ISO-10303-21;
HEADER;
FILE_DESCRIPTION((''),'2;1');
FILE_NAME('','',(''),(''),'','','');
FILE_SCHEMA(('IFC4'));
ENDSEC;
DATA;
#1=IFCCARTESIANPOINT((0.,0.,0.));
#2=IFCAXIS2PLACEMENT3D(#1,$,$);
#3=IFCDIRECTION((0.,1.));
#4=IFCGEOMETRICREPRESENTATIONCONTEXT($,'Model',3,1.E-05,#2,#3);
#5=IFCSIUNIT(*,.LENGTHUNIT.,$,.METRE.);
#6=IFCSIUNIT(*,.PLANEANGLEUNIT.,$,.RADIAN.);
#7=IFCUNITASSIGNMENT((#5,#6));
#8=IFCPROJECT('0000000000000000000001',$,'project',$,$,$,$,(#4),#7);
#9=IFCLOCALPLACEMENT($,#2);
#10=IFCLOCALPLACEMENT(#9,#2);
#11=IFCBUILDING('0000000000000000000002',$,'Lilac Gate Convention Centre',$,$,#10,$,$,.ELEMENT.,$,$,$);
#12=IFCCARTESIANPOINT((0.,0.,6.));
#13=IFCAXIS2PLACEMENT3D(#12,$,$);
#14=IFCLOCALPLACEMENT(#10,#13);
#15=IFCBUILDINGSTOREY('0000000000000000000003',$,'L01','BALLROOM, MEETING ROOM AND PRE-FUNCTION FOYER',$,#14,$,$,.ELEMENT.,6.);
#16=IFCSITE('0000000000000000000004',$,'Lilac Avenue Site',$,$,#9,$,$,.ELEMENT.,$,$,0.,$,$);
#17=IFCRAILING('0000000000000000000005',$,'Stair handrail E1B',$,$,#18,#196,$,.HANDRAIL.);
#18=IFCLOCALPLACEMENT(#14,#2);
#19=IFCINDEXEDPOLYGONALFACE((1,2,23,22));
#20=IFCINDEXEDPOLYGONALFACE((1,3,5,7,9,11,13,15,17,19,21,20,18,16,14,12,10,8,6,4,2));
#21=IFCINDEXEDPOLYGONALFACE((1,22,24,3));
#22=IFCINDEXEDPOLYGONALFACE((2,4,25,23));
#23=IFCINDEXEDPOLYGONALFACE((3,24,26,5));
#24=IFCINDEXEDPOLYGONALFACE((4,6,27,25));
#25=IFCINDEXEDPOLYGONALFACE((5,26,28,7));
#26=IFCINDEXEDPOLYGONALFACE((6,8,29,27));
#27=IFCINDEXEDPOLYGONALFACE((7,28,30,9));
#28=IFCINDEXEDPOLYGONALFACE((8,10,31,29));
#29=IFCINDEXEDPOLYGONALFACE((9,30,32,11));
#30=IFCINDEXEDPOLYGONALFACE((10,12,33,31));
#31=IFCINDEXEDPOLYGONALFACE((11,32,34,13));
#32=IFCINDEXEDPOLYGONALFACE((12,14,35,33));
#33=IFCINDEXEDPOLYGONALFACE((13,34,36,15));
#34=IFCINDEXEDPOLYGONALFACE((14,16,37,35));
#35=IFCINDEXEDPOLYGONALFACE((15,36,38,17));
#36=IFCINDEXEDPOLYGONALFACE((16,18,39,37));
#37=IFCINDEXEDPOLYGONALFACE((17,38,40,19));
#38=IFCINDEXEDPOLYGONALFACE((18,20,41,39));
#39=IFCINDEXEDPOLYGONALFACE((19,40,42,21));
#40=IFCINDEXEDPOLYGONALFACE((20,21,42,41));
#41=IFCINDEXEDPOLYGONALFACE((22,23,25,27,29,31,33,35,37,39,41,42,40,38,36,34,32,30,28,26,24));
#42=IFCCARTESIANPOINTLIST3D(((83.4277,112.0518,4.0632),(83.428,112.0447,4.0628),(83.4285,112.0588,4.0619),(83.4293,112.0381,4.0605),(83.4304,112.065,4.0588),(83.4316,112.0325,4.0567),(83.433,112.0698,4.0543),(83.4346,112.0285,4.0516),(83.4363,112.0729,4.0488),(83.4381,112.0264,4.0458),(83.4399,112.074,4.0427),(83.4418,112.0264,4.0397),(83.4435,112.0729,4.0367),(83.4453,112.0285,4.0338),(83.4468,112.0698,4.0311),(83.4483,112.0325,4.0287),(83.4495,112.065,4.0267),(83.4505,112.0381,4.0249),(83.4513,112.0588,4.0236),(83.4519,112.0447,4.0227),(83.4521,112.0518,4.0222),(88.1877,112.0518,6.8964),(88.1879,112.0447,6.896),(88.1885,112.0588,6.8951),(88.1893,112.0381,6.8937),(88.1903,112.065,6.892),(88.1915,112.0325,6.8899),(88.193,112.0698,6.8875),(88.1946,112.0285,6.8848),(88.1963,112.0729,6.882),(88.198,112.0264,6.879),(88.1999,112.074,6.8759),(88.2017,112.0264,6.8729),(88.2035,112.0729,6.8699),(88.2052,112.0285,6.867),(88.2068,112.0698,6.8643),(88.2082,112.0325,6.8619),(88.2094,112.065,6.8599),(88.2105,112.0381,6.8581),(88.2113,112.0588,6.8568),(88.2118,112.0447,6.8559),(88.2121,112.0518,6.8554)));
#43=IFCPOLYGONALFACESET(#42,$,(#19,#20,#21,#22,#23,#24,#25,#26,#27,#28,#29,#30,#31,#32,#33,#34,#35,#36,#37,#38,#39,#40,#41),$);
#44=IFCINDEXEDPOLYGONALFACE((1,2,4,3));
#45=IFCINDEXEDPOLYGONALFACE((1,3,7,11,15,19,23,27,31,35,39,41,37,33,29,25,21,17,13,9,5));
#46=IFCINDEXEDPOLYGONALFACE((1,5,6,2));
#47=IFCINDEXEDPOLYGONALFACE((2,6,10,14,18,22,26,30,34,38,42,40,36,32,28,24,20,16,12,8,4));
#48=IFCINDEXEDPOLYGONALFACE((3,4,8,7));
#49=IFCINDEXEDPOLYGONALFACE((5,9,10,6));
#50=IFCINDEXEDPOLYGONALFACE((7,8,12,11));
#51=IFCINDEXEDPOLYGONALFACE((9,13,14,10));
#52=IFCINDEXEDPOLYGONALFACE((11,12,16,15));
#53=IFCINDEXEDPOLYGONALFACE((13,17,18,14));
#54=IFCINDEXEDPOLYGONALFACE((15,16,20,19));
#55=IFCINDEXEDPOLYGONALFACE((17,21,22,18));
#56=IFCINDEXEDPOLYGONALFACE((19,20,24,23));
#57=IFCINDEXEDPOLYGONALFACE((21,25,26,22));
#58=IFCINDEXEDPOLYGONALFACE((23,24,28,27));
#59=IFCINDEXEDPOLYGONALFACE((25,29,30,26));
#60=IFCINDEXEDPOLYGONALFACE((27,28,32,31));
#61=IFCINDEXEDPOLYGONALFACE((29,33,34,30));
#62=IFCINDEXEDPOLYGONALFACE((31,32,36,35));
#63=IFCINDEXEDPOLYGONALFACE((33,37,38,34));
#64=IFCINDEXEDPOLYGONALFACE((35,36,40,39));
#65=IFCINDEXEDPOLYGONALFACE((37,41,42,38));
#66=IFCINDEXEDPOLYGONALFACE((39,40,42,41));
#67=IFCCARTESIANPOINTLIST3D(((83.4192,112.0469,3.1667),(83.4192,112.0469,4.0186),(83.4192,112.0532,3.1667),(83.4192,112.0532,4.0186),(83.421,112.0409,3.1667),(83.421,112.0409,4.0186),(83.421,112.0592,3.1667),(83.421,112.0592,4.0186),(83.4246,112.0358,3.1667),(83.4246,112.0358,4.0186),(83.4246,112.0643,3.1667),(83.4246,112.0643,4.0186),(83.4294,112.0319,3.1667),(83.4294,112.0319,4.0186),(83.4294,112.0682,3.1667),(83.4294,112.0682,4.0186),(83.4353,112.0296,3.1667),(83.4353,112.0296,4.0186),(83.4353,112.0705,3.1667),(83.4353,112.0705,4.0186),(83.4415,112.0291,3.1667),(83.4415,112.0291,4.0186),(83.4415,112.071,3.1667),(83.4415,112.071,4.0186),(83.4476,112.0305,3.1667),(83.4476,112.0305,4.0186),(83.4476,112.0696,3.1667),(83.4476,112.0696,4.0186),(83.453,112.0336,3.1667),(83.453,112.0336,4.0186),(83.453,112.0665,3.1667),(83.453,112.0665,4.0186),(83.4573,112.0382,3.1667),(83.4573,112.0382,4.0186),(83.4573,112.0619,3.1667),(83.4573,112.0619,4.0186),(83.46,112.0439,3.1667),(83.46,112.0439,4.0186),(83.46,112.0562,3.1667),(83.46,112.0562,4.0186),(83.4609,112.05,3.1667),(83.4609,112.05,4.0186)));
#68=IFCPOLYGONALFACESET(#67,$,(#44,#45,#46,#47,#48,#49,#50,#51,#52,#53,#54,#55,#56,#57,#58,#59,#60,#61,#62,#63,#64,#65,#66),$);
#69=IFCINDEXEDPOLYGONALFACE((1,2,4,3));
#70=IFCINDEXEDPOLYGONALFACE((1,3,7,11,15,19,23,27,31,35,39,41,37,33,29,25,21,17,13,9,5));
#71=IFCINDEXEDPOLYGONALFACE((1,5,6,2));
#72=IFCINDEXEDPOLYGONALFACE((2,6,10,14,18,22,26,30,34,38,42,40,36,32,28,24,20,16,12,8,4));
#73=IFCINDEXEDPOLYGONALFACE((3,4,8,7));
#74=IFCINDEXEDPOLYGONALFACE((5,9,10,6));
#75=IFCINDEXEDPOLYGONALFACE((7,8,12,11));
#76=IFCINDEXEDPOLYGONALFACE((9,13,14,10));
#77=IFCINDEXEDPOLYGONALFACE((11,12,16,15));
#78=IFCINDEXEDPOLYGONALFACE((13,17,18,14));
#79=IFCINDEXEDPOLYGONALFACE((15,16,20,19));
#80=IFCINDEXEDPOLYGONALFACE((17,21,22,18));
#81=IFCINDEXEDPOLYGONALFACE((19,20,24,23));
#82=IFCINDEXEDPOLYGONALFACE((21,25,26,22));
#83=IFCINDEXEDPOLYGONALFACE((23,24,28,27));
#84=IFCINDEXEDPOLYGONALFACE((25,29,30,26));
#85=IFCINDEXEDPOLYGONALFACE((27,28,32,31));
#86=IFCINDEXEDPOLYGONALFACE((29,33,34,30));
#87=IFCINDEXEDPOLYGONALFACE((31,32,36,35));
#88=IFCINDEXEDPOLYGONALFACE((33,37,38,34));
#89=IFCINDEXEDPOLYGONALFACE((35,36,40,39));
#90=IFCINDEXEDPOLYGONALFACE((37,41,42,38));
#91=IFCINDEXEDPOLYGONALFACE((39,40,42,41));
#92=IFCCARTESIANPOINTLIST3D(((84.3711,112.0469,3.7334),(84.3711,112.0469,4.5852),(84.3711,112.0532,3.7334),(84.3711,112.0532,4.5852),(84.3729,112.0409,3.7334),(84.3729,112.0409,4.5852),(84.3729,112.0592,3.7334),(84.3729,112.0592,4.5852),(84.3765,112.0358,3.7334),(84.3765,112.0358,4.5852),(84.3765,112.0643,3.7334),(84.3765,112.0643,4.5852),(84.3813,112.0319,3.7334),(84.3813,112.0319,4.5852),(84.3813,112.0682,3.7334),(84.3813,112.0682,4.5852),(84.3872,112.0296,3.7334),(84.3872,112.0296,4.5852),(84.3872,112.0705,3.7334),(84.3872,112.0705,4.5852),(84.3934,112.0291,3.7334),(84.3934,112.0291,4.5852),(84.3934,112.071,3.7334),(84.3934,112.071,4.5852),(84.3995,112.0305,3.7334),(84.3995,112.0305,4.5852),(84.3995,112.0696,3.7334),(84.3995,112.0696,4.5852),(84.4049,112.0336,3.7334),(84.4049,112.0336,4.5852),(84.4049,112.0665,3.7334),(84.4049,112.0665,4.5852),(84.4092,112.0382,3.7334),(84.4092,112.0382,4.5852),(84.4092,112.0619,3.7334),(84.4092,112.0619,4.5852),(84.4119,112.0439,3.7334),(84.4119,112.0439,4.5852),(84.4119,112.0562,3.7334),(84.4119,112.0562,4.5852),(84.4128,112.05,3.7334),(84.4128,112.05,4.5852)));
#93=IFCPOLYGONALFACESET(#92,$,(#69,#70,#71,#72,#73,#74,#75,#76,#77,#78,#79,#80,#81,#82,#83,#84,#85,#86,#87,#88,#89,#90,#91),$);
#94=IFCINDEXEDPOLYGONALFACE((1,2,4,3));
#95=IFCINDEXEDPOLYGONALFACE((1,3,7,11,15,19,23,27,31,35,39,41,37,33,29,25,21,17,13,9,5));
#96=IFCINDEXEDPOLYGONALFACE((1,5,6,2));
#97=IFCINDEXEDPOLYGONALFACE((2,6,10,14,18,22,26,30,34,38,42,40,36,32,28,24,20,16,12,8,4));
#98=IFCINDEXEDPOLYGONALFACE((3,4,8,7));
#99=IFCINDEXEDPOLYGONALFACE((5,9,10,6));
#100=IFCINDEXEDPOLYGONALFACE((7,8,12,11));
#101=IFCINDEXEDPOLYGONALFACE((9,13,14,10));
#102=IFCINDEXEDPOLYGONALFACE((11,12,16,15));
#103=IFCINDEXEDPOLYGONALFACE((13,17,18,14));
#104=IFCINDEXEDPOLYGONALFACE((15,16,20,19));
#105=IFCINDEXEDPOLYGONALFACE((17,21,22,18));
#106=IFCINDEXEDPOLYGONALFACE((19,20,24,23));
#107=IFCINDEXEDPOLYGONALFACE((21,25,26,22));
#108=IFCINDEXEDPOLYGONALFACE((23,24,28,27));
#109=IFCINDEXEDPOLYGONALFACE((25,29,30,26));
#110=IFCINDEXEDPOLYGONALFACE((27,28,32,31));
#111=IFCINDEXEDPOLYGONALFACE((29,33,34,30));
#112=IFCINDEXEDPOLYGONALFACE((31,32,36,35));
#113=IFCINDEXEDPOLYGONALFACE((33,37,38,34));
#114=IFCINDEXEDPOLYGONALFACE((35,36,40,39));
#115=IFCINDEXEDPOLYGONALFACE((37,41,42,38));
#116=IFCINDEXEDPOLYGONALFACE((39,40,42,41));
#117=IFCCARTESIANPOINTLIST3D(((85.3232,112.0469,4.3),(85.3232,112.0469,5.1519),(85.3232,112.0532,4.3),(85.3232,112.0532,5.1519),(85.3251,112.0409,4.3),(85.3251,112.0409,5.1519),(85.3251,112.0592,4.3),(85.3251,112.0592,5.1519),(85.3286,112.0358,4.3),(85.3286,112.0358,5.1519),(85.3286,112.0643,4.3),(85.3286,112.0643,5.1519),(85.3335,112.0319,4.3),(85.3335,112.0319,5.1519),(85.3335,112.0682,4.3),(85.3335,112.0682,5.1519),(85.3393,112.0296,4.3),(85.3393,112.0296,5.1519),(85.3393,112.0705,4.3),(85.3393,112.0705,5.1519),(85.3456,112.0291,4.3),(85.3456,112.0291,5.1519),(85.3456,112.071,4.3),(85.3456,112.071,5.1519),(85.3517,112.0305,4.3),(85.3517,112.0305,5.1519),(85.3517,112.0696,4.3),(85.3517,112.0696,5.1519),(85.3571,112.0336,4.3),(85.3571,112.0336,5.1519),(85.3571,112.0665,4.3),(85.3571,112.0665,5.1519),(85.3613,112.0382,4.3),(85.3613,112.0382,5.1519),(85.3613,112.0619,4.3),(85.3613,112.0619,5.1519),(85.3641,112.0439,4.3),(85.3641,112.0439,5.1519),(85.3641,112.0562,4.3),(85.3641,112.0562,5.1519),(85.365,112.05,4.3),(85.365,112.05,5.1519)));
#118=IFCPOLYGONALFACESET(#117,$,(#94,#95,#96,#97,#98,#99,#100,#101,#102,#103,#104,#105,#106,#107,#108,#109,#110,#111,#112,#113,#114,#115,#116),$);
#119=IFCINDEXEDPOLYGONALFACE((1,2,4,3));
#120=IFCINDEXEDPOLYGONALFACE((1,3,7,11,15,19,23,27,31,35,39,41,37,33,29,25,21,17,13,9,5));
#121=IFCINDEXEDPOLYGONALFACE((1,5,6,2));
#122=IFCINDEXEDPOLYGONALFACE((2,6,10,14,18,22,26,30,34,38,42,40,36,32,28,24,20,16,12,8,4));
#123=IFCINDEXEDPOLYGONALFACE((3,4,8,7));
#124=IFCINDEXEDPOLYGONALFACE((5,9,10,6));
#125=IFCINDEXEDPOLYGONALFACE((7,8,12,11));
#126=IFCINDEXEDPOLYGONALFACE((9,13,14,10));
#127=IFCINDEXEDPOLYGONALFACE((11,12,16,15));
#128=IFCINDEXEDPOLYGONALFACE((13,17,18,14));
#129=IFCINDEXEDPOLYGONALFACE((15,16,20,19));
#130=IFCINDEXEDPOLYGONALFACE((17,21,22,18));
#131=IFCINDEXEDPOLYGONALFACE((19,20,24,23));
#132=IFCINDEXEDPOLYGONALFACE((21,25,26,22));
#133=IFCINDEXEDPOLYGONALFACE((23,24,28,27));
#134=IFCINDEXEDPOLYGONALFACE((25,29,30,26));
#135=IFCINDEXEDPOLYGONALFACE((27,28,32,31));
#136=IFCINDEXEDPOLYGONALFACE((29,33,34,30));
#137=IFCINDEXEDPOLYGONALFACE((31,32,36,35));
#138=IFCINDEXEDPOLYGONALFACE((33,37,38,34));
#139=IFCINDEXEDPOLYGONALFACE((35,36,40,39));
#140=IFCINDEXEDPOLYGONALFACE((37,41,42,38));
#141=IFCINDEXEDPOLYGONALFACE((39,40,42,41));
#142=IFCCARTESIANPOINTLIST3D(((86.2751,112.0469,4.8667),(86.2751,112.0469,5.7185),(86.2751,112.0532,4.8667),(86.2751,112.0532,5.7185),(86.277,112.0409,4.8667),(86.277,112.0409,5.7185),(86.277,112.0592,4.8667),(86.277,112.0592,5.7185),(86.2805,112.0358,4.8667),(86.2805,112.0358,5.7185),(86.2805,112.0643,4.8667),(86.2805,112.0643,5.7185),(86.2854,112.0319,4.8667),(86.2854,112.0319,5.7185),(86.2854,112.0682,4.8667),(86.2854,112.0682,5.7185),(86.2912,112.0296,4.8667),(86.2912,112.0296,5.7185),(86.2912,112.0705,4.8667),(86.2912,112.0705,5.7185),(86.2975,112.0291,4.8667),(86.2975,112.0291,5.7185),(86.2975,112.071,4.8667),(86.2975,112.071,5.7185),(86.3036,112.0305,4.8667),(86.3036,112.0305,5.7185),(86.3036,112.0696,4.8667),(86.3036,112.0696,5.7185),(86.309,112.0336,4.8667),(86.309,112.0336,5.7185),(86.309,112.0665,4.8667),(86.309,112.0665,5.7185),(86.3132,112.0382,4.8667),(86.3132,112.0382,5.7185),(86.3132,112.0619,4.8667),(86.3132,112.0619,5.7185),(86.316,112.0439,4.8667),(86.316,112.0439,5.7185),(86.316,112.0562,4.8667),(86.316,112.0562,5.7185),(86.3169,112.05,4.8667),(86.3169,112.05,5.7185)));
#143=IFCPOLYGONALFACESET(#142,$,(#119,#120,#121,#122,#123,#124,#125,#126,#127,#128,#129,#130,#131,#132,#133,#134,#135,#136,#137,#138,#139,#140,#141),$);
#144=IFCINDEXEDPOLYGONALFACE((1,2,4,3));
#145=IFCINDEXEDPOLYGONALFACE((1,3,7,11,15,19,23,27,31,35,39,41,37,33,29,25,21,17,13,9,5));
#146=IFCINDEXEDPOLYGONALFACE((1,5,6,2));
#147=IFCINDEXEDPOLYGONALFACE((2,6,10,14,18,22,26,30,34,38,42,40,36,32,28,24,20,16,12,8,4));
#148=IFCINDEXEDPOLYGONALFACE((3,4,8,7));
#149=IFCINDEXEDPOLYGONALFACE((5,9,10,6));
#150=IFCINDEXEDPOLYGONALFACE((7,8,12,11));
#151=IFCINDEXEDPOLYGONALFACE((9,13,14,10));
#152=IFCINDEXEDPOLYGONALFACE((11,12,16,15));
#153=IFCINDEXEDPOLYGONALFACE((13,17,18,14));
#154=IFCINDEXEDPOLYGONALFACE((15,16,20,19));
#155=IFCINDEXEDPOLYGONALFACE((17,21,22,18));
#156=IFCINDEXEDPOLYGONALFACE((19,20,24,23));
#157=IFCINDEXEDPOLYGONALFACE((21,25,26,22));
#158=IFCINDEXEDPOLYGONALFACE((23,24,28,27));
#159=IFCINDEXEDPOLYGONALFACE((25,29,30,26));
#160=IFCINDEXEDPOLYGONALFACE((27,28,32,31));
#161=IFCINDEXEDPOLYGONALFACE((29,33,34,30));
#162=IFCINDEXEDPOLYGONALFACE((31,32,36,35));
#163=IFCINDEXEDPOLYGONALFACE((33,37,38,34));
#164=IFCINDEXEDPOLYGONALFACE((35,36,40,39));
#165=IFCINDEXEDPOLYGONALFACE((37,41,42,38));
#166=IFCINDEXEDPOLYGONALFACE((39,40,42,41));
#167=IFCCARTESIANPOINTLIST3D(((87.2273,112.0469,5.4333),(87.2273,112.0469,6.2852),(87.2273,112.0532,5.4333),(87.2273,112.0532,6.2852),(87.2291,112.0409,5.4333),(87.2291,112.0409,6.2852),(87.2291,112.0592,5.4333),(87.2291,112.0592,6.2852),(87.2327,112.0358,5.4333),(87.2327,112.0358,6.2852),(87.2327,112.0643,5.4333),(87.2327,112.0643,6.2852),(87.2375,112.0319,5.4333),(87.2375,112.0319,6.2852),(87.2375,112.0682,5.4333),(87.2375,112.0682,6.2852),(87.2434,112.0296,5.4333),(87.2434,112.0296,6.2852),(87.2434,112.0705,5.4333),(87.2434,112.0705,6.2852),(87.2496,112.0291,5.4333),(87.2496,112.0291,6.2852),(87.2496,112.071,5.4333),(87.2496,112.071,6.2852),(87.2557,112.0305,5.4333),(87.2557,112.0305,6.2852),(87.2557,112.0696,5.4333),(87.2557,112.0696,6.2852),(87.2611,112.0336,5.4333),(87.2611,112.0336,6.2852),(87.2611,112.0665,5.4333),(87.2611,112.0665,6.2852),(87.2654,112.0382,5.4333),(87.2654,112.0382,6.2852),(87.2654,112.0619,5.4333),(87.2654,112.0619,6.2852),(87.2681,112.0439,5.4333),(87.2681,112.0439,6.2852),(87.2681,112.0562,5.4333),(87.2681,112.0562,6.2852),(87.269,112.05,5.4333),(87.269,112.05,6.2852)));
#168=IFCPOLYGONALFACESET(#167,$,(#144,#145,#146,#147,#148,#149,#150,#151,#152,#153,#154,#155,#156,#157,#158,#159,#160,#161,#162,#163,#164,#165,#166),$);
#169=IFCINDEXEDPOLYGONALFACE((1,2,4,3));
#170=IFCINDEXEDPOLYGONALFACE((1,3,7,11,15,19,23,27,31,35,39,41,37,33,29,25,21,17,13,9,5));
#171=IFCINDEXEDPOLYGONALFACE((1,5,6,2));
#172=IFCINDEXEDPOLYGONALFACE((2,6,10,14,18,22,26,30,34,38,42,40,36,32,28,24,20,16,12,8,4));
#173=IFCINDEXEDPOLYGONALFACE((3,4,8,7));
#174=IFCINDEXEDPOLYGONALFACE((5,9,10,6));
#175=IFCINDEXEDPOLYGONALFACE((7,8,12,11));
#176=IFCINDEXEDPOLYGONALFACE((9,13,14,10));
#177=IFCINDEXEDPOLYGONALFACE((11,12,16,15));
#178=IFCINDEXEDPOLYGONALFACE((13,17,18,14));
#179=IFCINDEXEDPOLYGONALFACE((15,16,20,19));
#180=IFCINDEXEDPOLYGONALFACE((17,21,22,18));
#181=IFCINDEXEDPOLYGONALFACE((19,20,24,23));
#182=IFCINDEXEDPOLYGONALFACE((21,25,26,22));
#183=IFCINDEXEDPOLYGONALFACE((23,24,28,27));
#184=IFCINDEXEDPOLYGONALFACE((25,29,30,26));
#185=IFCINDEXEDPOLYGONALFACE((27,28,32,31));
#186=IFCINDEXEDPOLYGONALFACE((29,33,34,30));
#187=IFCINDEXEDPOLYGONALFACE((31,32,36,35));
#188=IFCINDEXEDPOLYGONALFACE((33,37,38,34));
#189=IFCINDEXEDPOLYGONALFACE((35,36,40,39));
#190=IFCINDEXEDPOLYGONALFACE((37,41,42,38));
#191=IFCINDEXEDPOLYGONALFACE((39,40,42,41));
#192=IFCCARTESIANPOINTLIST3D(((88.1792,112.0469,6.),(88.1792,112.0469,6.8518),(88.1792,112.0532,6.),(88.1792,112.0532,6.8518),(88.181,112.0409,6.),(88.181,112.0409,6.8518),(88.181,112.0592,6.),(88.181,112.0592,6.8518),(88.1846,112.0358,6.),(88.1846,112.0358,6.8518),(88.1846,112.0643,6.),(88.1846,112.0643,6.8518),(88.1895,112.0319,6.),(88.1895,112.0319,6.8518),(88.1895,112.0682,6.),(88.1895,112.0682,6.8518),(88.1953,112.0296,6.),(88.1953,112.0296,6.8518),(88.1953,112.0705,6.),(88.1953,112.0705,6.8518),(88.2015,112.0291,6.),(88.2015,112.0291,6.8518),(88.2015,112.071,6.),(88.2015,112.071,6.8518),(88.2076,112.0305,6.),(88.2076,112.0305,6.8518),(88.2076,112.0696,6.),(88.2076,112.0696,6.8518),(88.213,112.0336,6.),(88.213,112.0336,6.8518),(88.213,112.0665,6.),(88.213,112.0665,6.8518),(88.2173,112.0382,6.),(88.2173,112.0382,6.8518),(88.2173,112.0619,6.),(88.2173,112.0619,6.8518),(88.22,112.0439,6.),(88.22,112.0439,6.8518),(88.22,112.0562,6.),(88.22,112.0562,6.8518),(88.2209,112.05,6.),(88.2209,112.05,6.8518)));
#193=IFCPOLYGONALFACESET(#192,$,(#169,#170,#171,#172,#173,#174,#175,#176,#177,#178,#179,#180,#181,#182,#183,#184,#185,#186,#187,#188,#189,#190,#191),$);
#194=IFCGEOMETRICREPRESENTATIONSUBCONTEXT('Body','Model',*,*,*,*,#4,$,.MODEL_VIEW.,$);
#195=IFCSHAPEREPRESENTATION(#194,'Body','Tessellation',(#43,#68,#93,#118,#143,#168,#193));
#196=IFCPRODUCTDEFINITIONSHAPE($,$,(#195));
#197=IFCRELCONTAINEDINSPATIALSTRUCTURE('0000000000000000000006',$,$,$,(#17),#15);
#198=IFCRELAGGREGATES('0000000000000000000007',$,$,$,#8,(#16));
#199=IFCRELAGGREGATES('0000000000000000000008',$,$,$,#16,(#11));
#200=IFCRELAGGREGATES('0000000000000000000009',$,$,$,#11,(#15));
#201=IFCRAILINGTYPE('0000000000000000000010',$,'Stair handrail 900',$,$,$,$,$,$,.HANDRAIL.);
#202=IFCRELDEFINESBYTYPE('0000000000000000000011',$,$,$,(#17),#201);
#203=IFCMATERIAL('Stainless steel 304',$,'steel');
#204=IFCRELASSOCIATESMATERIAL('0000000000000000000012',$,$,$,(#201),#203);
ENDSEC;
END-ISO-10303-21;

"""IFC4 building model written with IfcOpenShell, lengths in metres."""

from ifc_helpers import new_model, si_unit, direction, frame, origin, origin_2d, place, context, subcontext, project, spatial, circle, extrude, material, type_object, element, save


model = new_model("IFC4")

# Units and contexts
model_context = context("Model", 3, precision=1e-05, world=origin(), true_north=direction((0.0, 1.0)))
body_context = subcontext(model_context, "Body", "Model", "MODEL_VIEW")
ifc_project = project(units=[si_unit("LENGTHUNIT", "METRE"), si_unit("PLANEANGLEUNIT", "RADIAN")], contexts=[model_context])

# Site, building, storey
site_placement = place(None, origin())
site = spatial("IfcSite", under=ifc_project, at=site_placement, Name="Lilac Avenue Site", CompositionType="ELEMENT", RefElevation=0.0)
building_placement = place(site_placement, origin())
building = spatial("IfcBuilding", under=site, at=building_placement, Name="Lilac Gate Convention Centre", CompositionType="ELEMENT")
storey_placement = place(building_placement, frame((0.0, 0.0, 6.0)))
storey = spatial("IfcBuildingStorey", under=building, at=storey_placement, Name="L01", Description="BALLROOM, MEETING ROOM AND PRE-FUNCTION FOYER", CompositionType="ELEMENT", Elevation=6.0)

# Railing
ifc_material_1 = material(Name="Stainless steel 304", Category="steel")
railing_type = type_object("IfcRailingType", Name="Stair handrail 900", PredefinedType="HANDRAIL", material=ifc_material_1)
for number, where, name in (
    (1, (83.4399, 112.05, 3.1667), "Stair handrail E1B"),
):
    element("IfcRailing", number, at=place(storey_placement, frame(where)), inside=storey, type_object=railing_type, Name=name, PredefinedType="HANDRAIL", context=body_context, shape_type="SweptSolid", body=[
        extrude(circle(Radius=0.0239, at=origin_2d()), frame((0.0, 0.0, 0.876), z_axis=(0.8593, 0.0, 0.511472), x_axis=(0.0, 1.0, 0.0)), (0.0, 0.0, 1.0), 5.5393),
        extrude(circle(Radius=0.021, at=origin_2d()), origin(), (0.0, 0.0, 1.0), 0.8518),
        extrude(circle(Radius=0.021, at=origin_2d()), frame((0.9519, 0.0, 0.5667)), (0.0, 0.0, 1.0), 0.8518),
        extrude(circle(Radius=0.021, at=origin_2d()), frame((1.9041, 0.0, 1.1333)), (0.0, 0.0, 1.0), 0.8518),
        extrude(circle(Radius=0.021, at=origin_2d()), frame((2.856, 0.0, 1.7)), (0.0, 0.0, 1.0), 0.8518),
        extrude(circle(Radius=0.021, at=origin_2d()), frame((3.8081, 0.0, 2.2666)), (0.0, 0.0, 1.0), 0.8518),
        extrude(circle(Radius=0.021, at=origin_2d()), frame((4.76, 0.0, 2.8333)), (0.0, 0.0, 1.0), 0.8518),
    ])

save(model, "model.ifc")
